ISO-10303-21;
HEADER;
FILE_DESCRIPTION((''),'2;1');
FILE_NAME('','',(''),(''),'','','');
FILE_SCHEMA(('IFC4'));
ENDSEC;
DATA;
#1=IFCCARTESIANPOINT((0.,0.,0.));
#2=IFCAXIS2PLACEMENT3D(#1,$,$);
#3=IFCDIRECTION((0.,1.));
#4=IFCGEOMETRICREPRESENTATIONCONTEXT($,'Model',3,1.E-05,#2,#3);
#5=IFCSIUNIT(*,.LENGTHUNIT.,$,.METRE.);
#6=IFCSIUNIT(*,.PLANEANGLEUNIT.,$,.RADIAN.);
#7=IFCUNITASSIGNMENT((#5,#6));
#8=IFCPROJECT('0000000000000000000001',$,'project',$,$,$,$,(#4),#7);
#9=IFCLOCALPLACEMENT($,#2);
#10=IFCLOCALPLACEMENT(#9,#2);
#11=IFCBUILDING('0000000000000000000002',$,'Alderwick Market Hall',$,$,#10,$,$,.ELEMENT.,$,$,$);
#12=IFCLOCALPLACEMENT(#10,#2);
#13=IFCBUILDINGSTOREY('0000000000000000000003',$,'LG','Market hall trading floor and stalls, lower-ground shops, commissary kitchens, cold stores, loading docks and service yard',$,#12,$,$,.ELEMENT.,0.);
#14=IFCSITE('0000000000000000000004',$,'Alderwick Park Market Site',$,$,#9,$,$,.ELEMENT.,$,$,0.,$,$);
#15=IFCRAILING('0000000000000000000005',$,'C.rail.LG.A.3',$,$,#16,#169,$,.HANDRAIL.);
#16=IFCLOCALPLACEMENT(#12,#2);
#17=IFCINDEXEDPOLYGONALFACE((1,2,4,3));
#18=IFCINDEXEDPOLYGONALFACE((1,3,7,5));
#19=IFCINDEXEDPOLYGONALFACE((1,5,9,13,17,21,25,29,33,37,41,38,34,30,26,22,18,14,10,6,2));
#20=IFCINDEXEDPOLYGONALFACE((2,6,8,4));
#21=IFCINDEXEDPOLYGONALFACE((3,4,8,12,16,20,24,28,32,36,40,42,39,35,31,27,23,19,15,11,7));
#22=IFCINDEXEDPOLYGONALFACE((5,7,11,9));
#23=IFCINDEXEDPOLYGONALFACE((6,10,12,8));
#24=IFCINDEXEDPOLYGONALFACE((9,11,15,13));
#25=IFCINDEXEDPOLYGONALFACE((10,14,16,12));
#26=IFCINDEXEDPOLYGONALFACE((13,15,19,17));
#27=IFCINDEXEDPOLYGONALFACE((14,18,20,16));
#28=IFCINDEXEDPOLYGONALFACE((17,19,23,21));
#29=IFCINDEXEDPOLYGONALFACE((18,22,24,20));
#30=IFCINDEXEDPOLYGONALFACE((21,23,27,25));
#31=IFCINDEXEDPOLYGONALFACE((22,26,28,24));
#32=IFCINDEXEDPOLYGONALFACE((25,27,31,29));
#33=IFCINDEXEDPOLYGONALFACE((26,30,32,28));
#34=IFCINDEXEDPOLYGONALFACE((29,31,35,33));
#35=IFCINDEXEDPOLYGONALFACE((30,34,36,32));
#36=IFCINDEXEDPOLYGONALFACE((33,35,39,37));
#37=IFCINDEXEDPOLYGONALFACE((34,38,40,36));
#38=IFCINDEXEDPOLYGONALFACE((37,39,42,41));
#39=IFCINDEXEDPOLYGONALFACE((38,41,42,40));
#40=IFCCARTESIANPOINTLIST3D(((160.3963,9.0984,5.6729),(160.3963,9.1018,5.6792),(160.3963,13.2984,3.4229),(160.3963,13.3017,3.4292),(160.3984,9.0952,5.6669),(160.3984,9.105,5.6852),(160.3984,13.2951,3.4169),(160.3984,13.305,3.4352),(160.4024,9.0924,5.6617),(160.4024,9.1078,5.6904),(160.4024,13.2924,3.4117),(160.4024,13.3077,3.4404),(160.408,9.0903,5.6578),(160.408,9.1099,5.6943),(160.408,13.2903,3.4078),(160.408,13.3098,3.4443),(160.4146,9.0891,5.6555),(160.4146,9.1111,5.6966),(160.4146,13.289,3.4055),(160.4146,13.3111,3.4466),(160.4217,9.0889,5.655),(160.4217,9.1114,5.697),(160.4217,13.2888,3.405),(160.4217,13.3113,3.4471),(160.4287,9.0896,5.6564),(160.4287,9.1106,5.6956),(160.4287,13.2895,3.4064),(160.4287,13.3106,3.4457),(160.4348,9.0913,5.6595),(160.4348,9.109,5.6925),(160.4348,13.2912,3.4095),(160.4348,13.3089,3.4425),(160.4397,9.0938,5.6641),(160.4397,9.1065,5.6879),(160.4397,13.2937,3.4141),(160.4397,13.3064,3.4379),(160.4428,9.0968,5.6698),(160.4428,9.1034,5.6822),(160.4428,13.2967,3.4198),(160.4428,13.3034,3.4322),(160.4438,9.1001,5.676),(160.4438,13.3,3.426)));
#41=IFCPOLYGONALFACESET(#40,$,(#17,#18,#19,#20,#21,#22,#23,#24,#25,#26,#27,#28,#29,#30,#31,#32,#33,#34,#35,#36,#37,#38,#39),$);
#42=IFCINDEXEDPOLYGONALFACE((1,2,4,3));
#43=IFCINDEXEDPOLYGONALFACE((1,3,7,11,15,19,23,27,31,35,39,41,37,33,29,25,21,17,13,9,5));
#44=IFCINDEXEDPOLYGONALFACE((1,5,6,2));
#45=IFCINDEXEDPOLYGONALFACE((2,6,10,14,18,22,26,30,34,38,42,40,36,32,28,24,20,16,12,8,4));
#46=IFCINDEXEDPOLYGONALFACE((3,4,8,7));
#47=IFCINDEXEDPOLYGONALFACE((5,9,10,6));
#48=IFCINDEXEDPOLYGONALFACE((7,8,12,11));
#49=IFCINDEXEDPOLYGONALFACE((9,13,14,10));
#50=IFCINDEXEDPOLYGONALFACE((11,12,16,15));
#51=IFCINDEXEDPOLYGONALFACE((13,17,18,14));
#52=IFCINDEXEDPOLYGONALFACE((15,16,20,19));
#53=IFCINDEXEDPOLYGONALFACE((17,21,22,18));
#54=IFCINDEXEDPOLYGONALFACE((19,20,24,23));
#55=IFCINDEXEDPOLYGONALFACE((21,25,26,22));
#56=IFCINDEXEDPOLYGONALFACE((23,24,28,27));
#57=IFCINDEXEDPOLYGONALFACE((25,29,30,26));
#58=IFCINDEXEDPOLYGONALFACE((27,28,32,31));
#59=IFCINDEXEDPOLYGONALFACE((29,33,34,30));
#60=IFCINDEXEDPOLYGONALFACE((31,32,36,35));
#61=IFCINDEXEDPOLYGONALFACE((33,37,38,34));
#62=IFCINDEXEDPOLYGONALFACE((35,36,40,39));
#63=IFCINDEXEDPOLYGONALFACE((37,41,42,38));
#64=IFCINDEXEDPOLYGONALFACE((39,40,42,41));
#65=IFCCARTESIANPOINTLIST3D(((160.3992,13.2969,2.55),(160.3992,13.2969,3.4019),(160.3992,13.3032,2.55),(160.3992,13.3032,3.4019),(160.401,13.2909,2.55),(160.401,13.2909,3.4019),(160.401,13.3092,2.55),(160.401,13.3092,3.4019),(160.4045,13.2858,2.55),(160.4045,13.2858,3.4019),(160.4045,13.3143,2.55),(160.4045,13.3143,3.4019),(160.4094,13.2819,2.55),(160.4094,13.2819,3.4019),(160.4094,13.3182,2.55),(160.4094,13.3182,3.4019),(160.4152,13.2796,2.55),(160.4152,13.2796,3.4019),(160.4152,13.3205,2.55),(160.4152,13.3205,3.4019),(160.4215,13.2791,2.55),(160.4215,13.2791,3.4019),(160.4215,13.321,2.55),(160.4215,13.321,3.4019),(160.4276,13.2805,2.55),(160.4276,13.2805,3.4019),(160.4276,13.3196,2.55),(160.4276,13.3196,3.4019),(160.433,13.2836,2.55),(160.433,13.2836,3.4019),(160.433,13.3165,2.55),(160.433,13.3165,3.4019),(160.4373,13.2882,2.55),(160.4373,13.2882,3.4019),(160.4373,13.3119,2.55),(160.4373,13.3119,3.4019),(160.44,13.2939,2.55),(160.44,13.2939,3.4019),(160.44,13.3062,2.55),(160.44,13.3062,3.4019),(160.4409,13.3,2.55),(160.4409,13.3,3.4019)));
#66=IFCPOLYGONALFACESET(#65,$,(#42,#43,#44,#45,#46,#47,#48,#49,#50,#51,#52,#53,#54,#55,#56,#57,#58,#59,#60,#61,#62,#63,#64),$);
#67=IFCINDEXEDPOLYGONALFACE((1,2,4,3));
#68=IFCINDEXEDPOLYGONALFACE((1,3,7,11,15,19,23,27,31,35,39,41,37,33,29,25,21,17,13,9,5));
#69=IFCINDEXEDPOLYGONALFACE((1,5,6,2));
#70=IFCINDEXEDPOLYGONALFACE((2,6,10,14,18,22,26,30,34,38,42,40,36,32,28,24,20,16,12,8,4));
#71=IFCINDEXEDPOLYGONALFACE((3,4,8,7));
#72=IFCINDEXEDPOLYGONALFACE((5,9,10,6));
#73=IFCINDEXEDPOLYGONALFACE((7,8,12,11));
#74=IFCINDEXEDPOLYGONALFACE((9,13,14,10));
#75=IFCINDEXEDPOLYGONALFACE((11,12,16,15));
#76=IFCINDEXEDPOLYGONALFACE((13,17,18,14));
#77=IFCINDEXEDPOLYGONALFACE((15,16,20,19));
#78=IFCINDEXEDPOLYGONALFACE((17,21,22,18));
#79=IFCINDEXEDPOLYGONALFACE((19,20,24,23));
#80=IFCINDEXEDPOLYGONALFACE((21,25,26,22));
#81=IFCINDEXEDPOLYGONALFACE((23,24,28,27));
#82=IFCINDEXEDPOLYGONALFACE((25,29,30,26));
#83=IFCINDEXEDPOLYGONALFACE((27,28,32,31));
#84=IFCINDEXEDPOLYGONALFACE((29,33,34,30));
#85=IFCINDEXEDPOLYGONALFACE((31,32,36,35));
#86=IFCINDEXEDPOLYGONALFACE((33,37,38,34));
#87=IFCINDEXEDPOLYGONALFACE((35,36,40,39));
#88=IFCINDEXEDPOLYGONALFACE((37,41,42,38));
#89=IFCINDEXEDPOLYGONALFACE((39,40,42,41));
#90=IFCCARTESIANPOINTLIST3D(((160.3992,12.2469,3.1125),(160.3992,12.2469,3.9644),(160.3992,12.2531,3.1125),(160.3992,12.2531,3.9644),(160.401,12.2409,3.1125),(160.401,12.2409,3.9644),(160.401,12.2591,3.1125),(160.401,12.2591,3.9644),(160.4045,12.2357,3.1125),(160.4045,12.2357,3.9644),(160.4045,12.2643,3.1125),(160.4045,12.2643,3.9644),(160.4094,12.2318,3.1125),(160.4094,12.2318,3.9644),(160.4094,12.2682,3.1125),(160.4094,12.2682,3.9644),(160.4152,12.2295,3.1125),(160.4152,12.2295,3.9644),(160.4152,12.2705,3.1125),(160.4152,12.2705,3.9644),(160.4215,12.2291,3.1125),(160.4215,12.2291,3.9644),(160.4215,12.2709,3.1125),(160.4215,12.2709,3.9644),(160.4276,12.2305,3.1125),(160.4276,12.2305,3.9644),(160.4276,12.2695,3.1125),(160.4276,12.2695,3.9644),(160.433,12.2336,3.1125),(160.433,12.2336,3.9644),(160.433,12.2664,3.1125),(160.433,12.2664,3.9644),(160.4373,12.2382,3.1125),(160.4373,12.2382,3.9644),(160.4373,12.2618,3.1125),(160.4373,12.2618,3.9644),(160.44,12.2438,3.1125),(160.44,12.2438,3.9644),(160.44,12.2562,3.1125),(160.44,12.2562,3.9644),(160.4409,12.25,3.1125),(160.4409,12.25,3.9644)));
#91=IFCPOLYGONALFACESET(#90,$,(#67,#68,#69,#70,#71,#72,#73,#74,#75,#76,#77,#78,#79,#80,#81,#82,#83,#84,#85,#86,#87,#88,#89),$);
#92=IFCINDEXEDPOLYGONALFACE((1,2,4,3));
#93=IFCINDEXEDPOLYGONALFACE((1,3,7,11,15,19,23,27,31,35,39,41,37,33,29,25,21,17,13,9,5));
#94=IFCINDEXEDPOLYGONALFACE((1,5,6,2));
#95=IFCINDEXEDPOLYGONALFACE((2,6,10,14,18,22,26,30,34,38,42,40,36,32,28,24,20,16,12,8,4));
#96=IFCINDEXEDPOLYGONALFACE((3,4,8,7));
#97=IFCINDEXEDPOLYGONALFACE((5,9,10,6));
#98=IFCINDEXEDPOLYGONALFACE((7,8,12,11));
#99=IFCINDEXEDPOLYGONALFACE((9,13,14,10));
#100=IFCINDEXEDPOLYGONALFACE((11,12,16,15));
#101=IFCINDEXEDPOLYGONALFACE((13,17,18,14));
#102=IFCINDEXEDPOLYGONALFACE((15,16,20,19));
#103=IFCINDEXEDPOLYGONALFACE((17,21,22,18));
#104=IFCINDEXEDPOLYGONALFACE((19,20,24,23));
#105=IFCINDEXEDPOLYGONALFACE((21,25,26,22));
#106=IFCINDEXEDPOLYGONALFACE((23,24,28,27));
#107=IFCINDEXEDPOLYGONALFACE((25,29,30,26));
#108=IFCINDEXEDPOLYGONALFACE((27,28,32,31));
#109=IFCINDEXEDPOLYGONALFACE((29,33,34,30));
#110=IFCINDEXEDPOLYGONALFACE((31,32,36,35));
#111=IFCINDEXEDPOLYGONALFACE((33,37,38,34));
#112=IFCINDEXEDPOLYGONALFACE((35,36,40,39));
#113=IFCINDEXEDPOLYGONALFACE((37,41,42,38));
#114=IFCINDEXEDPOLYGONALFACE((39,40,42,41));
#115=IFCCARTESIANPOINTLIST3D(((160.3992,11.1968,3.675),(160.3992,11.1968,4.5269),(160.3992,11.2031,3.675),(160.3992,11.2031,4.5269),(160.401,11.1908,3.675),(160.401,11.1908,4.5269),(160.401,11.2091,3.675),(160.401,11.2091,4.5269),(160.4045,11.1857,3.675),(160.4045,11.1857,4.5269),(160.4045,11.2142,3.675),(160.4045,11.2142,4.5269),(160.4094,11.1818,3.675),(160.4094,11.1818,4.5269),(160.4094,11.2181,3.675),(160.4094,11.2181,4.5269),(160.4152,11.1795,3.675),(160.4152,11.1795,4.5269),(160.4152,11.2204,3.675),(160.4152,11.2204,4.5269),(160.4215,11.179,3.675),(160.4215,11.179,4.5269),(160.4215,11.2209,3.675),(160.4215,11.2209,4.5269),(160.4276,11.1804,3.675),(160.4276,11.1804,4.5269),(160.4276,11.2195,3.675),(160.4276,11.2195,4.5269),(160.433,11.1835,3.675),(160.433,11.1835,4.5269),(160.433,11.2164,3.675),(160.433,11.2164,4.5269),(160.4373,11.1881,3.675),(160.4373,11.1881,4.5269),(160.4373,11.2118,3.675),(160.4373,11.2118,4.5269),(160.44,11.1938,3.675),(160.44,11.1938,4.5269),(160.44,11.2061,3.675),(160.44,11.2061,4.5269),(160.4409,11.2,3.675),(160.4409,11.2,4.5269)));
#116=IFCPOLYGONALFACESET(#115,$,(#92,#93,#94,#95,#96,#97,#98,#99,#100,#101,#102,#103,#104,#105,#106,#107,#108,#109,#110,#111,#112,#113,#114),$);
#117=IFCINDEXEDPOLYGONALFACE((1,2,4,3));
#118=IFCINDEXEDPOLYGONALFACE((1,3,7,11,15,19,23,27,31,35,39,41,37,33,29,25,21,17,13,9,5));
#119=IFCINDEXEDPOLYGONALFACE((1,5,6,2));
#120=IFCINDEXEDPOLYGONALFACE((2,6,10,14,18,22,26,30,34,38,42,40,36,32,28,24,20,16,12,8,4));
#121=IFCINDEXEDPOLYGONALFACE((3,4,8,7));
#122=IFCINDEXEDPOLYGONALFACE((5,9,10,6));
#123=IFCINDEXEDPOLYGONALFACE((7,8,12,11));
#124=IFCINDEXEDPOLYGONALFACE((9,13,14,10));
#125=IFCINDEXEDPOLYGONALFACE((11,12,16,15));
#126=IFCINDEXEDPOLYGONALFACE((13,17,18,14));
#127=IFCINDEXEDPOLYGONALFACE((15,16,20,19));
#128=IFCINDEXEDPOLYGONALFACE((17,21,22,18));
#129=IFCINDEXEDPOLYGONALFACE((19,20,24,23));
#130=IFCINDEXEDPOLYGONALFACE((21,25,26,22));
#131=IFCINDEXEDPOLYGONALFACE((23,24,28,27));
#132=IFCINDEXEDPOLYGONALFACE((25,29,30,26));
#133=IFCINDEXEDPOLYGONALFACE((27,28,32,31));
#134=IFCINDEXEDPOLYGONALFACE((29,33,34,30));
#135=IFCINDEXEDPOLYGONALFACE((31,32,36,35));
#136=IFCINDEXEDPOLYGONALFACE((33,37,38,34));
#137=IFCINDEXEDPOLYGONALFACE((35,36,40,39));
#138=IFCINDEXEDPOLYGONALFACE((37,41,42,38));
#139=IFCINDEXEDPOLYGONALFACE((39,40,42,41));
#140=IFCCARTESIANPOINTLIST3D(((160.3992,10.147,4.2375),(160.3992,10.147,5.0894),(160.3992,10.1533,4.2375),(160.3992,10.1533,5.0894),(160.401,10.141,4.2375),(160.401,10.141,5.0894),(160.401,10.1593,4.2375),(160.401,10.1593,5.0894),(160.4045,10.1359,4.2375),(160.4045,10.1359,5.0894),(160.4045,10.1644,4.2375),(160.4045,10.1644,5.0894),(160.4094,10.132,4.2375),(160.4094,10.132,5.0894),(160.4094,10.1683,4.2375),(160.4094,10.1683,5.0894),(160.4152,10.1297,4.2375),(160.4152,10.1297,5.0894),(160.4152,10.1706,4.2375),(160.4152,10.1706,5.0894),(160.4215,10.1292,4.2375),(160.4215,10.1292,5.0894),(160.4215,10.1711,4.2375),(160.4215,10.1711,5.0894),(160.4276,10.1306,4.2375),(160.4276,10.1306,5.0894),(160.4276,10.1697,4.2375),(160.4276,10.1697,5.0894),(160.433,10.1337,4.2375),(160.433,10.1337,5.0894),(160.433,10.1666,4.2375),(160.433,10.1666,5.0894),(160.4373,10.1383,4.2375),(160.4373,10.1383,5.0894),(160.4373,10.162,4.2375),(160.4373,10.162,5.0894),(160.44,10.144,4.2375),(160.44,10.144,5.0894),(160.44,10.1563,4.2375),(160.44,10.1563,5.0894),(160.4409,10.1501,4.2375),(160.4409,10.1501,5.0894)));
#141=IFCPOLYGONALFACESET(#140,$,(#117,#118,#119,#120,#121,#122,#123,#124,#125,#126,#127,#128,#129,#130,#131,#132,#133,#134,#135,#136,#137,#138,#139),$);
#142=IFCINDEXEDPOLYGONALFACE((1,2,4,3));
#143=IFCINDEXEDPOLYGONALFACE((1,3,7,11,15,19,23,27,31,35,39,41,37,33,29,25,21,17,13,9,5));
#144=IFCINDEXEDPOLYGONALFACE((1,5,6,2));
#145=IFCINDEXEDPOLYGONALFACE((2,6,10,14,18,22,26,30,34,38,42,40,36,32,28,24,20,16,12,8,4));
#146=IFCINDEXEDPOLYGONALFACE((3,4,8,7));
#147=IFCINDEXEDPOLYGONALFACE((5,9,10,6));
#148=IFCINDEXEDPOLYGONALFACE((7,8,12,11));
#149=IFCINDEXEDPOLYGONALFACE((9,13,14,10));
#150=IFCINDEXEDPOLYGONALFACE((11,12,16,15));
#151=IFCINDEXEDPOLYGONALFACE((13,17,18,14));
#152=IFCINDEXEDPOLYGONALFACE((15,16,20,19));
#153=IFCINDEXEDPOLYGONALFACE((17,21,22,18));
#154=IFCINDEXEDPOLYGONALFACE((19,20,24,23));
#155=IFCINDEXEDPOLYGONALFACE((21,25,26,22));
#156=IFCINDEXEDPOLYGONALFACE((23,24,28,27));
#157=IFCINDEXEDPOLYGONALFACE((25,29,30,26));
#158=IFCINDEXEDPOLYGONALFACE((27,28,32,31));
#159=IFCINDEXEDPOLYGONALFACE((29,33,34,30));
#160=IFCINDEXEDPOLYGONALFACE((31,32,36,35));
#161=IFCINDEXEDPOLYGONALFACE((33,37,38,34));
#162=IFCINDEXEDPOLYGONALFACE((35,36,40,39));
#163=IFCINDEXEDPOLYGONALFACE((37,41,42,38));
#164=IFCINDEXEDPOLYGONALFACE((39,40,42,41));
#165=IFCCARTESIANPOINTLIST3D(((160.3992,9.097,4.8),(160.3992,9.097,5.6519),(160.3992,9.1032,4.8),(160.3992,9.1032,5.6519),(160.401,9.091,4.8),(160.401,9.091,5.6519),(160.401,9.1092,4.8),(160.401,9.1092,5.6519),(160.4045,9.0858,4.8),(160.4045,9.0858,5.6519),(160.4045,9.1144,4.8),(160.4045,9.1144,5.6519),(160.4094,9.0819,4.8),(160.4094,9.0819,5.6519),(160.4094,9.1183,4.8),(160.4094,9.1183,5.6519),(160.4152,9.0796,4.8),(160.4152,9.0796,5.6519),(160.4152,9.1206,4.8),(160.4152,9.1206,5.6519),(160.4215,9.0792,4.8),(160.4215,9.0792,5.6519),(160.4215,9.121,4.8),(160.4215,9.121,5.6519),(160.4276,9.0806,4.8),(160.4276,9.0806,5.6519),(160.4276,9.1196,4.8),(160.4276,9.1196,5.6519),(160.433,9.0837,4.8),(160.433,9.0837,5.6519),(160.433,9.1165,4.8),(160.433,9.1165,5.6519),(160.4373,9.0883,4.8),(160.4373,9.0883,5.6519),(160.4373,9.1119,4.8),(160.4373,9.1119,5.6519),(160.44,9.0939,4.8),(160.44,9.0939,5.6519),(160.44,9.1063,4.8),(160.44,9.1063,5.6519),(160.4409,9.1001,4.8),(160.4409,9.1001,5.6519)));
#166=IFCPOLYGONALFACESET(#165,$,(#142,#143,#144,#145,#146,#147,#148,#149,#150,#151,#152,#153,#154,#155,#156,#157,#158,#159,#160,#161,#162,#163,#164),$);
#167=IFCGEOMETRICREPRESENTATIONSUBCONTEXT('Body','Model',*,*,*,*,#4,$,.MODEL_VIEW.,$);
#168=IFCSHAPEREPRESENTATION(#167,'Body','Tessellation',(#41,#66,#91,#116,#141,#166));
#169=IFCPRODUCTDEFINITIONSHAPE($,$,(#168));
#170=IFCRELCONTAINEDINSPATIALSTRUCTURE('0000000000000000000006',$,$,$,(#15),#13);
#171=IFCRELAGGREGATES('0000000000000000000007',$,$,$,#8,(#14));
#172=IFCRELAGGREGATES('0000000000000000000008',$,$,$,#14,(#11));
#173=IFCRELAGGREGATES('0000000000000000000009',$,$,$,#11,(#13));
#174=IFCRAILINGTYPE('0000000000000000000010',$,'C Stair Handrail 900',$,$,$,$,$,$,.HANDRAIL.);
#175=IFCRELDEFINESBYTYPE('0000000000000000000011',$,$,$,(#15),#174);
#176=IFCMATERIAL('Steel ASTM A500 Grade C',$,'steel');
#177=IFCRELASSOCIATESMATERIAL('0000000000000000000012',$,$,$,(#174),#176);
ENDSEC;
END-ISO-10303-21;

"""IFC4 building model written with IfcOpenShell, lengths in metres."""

from ifc_helpers import new_model, si_unit, direction, frame, origin, origin_2d, place, context, subcontext, project, spatial, circle, extrude, material, type_object, element, save


model = new_model("IFC4")

# Units and contexts
model_context = context("Model", 3, precision=1e-05, world=origin(), true_north=direction((0.0, 1.0)))
body_context = subcontext(model_context, "Body", "Model", "MODEL_VIEW")
ifc_project = project(units=[si_unit("LENGTHUNIT", "METRE"), si_unit("PLANEANGLEUNIT", "RADIAN")], contexts=[model_context])

# Site, building, storey
site_placement = place(None, origin())
site = spatial("IfcSite", under=ifc_project, at=site_placement, Name="Alderwick Park Market Site", CompositionType="ELEMENT", RefElevation=0.0)
building_placement = place(site_placement, origin())
building = spatial("IfcBuilding", under=site, at=building_placement, Name="Alderwick Market Hall", CompositionType="ELEMENT")
storey_placement = place(building_placement, origin())
storey = spatial("IfcBuildingStorey", under=building, at=storey_placement, Name="LG", Description="Market hall trading floor and stalls, lower-ground shops, commissary kitchens, cold stores, loading docks and service yard", CompositionType="ELEMENT", Elevation=0.0)

# Railing
ifc_material_1 = material(Name="Steel ASTM A500 Grade C", Category="steel")
railing_type_1 = type_object("IfcRailingType", Name="C Stair Handrail 900", PredefinedType="HANDRAIL", material=ifc_material_1)
for number, where, name in (
    (1, (160.4199, 13.3, 2.55), "C.rail.LG.A.3"),
):
    element("IfcRailing", number, at=place(storey_placement, frame(where)), inside=storey, type_object=railing_type_1, Name=name, PredefinedType="HANDRAIL", context=body_context, shape_type="SweptSolid", body=[
        extrude(circle(Radius=0.0239, at=origin_2d()), frame((0.0, 0.0, 0.876), z_axis=(0.0, -0.881478, 0.472226), x_axis=(1.0, 0.0, 0.0)), (0.0, 0.0, 1.0), 4.7646),
        extrude(circle(Radius=0.021, at=origin_2d()), origin(), (0.0, 0.0, 1.0), 0.8518),
        extrude(circle(Radius=0.021, at=origin_2d()), frame((0.0, -1.05, 0.5625)), (0.0, 0.0, 1.0), 0.8518),
        extrude(circle(Radius=0.021, at=origin_2d()), frame((0.0, -2.1001, 1.125)), (0.0, 0.0, 1.0), 0.8518),
        extrude(circle(Radius=0.021, at=origin_2d()), frame((0.0, -3.1499, 1.6875)), (0.0, 0.0, 1.0), 0.8518),
        extrude(circle(Radius=0.021, at=origin_2d()), frame((0.0, -4.2, 2.25)), (0.0, 0.0, 1.0), 0.8518),
    ])

save(model, "model.ifc")
